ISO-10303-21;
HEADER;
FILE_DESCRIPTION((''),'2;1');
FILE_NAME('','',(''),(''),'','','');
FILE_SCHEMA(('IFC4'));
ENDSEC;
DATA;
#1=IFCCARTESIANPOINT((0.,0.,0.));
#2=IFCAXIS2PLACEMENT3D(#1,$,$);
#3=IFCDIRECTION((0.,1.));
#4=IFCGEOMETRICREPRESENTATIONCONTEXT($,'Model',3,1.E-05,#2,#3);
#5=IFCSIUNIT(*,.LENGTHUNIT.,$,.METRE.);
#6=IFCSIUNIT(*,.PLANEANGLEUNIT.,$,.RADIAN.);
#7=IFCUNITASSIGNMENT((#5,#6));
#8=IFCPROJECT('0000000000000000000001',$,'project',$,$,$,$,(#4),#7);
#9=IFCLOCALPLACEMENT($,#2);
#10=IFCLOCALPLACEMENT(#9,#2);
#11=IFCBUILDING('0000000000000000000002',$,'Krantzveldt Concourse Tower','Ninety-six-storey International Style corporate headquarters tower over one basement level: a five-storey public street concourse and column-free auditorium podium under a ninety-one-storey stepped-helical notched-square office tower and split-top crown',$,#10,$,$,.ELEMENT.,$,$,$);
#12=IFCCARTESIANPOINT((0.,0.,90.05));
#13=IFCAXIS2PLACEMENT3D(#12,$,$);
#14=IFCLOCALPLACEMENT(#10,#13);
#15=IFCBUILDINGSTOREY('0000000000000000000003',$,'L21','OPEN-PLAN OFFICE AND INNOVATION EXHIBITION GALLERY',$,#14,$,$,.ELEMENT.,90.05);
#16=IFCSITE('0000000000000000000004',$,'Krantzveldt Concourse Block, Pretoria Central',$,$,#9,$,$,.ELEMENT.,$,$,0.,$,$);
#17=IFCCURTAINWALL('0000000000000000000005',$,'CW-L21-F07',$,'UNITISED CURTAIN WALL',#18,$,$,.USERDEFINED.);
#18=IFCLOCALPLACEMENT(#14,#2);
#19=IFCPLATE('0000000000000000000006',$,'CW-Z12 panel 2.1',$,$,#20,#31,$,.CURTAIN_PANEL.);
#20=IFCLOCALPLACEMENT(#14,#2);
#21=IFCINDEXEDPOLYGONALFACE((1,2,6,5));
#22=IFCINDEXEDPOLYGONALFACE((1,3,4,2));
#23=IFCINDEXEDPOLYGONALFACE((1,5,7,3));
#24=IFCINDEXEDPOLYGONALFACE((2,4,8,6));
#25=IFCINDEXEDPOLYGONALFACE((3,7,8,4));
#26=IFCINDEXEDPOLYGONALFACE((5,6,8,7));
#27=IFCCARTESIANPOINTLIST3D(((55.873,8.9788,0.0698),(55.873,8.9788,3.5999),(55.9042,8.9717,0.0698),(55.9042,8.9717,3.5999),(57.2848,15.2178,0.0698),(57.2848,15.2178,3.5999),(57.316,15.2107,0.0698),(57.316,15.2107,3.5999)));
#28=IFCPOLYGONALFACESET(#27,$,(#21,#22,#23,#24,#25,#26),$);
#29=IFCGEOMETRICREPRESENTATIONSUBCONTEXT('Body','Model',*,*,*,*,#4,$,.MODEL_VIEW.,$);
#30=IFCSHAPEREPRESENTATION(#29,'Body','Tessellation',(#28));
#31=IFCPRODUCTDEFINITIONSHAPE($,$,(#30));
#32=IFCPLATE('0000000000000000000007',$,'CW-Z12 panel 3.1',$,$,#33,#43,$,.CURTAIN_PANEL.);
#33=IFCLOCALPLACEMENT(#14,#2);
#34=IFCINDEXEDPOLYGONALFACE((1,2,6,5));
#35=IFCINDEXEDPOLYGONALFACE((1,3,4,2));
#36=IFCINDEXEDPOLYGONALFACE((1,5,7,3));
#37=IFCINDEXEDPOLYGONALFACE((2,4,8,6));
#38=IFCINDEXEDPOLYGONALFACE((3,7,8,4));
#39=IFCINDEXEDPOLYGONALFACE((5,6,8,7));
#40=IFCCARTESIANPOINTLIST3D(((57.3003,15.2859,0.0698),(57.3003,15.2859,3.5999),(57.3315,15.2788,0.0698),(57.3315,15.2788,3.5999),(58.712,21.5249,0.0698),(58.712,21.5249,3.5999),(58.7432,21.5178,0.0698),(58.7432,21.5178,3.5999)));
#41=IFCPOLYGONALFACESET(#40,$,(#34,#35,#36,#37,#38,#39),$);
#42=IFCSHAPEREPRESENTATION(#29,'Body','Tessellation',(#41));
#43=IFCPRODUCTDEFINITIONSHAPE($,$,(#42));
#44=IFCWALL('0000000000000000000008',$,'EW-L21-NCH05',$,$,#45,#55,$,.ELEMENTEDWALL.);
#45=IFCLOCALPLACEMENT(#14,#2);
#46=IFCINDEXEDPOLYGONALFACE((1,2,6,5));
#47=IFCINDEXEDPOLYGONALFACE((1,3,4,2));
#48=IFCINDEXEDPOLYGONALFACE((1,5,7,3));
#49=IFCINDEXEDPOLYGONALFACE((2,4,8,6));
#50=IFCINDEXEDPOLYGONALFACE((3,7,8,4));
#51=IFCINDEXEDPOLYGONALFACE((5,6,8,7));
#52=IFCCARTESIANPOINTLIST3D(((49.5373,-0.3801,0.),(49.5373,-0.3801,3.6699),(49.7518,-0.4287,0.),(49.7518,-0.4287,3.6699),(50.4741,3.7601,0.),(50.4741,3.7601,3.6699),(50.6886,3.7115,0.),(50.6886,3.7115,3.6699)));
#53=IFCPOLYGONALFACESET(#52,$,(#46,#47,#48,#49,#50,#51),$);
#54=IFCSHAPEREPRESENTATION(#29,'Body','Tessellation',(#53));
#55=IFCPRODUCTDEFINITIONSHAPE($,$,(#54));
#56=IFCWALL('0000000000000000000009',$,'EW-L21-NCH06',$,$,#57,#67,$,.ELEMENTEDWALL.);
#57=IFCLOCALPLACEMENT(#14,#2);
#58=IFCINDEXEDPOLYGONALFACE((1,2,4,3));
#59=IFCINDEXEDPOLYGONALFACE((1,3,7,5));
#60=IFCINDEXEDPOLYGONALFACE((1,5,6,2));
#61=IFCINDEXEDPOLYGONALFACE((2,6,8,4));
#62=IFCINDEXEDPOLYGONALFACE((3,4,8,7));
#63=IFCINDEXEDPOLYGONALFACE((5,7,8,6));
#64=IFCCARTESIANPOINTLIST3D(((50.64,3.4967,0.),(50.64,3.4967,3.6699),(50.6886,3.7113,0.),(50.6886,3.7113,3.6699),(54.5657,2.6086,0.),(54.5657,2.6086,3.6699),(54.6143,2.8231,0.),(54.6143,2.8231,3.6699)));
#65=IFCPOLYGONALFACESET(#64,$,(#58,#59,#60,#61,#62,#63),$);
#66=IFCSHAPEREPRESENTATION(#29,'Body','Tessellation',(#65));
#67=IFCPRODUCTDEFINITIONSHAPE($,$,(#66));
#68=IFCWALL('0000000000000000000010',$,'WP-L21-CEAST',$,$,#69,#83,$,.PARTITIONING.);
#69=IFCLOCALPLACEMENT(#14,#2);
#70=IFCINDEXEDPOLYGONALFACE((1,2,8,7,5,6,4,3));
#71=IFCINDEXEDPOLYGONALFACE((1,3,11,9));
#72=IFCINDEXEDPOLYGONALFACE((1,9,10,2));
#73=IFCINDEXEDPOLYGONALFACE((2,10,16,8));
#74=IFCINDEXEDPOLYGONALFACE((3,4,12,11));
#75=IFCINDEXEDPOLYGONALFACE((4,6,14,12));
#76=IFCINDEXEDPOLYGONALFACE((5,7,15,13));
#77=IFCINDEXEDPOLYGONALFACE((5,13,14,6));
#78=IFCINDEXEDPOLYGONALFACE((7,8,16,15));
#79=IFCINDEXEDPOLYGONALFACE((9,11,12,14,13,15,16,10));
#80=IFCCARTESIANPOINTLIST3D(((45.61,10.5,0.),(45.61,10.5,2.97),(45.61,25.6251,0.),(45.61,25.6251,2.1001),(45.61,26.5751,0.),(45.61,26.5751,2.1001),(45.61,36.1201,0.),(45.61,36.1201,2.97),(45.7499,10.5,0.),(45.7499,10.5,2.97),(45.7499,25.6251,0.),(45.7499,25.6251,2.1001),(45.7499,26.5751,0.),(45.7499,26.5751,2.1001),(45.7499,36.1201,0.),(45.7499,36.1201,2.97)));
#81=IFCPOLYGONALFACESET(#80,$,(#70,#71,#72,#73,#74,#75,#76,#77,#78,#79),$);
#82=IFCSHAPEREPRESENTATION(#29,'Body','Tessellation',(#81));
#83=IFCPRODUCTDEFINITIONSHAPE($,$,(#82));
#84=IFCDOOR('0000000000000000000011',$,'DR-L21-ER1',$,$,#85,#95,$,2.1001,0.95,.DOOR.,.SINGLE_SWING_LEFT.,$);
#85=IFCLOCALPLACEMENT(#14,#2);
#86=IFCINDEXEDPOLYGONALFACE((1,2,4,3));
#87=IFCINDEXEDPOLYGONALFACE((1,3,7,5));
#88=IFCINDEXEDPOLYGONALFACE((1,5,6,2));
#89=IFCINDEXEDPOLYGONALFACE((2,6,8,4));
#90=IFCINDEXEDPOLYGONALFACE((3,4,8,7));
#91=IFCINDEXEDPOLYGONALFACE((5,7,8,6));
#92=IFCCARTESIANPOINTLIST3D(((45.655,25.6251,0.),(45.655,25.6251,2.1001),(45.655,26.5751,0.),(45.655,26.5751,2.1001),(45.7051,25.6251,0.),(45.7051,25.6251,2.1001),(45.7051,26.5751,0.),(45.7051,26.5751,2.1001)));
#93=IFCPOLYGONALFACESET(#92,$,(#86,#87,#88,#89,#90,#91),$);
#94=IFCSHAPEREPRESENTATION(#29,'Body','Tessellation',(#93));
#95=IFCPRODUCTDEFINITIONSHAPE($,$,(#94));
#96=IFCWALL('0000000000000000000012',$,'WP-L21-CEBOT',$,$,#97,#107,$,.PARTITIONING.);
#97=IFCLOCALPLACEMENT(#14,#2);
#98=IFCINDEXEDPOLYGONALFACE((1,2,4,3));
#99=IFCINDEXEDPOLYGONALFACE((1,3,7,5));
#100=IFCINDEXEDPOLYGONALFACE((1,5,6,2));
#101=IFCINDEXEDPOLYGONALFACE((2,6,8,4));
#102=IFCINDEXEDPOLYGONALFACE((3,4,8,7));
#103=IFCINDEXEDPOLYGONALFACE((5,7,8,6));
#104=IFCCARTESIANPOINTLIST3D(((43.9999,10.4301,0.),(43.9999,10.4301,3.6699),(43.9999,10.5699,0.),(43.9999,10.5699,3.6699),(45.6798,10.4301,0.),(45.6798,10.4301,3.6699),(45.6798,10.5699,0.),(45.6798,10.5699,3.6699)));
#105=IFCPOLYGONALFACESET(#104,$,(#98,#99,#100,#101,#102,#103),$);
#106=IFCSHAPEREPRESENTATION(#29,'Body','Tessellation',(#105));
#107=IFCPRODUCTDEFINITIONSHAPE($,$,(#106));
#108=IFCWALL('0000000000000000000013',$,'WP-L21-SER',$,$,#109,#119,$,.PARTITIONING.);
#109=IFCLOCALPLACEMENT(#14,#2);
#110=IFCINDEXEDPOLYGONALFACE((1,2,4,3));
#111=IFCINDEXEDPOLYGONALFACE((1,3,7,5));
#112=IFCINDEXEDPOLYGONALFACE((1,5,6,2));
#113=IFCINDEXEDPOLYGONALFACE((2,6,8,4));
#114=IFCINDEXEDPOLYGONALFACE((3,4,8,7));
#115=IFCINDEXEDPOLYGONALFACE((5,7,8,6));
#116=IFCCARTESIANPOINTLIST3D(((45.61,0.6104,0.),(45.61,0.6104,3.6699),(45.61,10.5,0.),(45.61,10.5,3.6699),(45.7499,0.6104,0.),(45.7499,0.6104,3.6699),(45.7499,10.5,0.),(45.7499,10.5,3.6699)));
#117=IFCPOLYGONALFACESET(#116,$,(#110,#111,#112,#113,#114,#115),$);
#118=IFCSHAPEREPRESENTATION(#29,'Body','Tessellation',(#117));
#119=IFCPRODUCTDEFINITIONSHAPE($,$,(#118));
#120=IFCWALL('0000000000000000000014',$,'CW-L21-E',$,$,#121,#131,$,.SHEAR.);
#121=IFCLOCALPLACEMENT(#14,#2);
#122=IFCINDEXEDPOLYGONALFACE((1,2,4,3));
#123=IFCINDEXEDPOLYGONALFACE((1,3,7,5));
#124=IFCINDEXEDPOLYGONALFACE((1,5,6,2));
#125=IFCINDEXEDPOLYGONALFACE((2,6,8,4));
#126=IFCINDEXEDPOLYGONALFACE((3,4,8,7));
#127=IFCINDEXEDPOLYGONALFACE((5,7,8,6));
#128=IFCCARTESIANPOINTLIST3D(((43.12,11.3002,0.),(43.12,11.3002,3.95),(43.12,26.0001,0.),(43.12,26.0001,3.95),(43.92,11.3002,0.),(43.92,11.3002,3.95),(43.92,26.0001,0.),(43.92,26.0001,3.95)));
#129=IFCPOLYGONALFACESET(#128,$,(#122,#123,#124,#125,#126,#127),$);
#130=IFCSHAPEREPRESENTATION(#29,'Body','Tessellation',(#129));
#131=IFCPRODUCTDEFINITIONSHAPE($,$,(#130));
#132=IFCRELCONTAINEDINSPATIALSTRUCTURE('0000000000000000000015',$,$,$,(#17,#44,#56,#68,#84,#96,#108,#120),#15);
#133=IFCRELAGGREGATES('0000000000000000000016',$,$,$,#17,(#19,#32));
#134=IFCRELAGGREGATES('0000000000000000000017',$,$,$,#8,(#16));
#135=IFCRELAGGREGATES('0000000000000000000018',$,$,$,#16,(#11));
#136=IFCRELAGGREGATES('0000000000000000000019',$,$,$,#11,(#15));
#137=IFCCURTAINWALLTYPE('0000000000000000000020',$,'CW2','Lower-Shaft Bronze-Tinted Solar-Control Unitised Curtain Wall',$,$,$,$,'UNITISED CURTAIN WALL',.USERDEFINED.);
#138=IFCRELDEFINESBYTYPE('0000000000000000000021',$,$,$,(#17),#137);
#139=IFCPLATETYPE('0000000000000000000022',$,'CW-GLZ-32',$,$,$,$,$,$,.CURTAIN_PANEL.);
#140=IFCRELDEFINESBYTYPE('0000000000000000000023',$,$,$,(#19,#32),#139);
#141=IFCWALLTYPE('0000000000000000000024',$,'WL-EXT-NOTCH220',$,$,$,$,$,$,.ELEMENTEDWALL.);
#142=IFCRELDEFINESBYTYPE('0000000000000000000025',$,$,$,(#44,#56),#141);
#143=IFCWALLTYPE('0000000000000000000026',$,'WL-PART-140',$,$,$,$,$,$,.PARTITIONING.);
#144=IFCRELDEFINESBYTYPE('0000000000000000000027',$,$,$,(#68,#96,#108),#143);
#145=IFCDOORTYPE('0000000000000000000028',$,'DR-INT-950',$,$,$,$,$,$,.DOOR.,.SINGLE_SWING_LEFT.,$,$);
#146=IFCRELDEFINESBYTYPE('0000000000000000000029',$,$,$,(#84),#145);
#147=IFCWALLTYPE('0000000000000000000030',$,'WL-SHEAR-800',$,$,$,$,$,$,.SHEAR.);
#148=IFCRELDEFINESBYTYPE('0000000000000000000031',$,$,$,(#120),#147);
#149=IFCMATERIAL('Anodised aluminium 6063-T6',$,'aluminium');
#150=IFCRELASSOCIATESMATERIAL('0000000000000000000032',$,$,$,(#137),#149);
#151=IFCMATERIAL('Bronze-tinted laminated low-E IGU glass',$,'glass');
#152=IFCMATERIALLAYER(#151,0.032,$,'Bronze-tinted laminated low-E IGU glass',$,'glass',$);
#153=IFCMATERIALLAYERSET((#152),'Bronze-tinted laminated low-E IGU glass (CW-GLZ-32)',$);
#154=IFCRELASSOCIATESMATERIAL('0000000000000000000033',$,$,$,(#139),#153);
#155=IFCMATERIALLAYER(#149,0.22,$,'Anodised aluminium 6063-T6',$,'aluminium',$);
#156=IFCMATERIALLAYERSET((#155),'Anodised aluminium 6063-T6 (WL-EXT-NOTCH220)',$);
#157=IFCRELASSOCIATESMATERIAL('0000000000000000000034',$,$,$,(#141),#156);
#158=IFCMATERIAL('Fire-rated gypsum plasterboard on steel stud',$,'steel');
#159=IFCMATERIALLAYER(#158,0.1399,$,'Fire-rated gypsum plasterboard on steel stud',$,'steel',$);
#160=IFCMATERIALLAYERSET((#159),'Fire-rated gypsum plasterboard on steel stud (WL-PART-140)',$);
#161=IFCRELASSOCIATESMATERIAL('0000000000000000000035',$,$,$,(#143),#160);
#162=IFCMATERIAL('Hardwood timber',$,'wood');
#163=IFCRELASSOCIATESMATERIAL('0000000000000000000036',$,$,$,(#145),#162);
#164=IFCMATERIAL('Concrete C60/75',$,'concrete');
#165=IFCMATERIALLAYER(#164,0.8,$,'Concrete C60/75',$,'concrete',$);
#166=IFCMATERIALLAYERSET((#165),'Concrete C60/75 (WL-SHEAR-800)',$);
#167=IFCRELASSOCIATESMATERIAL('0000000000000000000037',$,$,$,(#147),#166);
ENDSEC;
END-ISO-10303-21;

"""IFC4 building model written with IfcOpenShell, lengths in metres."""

from ifc_helpers import new_model, si_unit, direction, frame, frame_2d, origin, origin_2d, place, context, subcontext, project, spatial, rectangle, extrude, source, transform, mapped, material, layer, layer_set, type_object, element, fill, aggregate, save


model = new_model("IFC4")

# Units and contexts
model_context = context("Model", 3, precision=1e-05, world=origin(), true_north=direction((0.0, 1.0)))
body_context = subcontext(model_context, "Body", "Model", "MODEL_VIEW")
ifc_project = project(units=[si_unit("LENGTHUNIT", "METRE"), si_unit("PLANEANGLEUNIT", "RADIAN")], contexts=[model_context])

# Site, building, storey
site_placement = place(None, origin())
site = spatial("IfcSite", under=ifc_project, at=site_placement, Name="Krantzveldt Concourse Block, Pretoria Central", CompositionType="ELEMENT", RefElevation=0.0)
building_placement = place(site_placement, origin())
building = spatial("IfcBuilding", under=site, at=building_placement, Name="Krantzveldt Concourse Tower", Description="Ninety-six-storey International Style corporate headquarters tower over one basement level: a five-storey public street concourse and column-free auditorium podium under a ninety-one-storey stepped-helical notched-square office tower and split-top crown", CompositionType="ELEMENT")
storey_placement = place(building_placement, frame((0.0, 0.0, 90.05)))
storey = spatial("IfcBuildingStorey", under=building, at=storey_placement, Name="L21", Description="OPEN-PLAN OFFICE AND INNOVATION EXHIBITION GALLERY", CompositionType="ELEMENT", Elevation=90.05)

# Shared definitions
ifc_material_1 = material(Name="Concrete C60/75", Category="concrete")

# Shared definitions
ifc_material_2 = material(Name="Anodised aluminium 6063-T6", Category="aluminium")
curtain_wall_type = type_object("IfcCurtainWallType", Name="CW2", Description="Lower-Shaft Bronze-Tinted Solar-Control Unitised Curtain Wall", ElementType="UNITISED CURTAIN WALL", PredefinedType="USERDEFINED", material=ifc_material_2)

# Curtain wall
curtain_wall_1_placement = place(storey_placement, origin())
curtain_wall_1 = element("IfcCurtainWall", 1, at=curtain_wall_1_placement, inside=storey, type_object=curtain_wall_type, Name="CW-L21-F07", ObjectType="UNITISED CURTAIN WALL", PredefinedType="USERDEFINED")

# Plates
ifc_material_3 = material(Name="Bronze-tinted laminated low-E IGU glass", Category="glass")
ifc_layer_1 = layer(ifc_material_3, 0.032, Name="Bronze-tinted laminated low-E IGU glass", Category="glass")
ifc_layer_set_1 = layer_set([ifc_layer_1], Name="Bronze-tinted laminated low-E IGU glass (CW-GLZ-32)")
plate_type = type_object("IfcPlateType", Name="CW-GLZ-32", PredefinedType="CURTAIN_PANEL", material=ifc_layer_set_1)
shared_shape_1 = source(origin(), body_context, "Body", "SweptSolid", [
    extrude(rectangle(XDim=6.3967, YDim=0.032, at=origin_2d()), origin(), (0.0, 0.0, 1.0), 3.53),
])
plate_1_placement = place(storey_placement, frame((56.5945, 12.0947, 0.0698), z_axis=(0.0, 0.0, 1.0), x_axis=(0.220697, 0.975342, 0.0)))
plate_1 = element("IfcPlate", 2, at=plate_1_placement, type_object=plate_type, Name="CW-Z12 panel 2.1", PredefinedType="CURTAIN_PANEL", context=body_context, shape_type="MappedRepresentation", body=[
    mapped(shared_shape_1, transform((0.0, 0.0, 0.0), x_axis=(1.0, 0.0, 0.0), y_axis=(0.0, 1.0, 0.0), z_axis=(0.0, 0.0, 1.0), scale=1.0)),
])
plate_2_placement = place(storey_placement, frame((58.0217, 18.4019, 0.0698), z_axis=(0.0, 0.0, 1.0), x_axis=(0.220697, 0.975342, 0.0)))
plate_2 = element("IfcPlate", 3, at=plate_2_placement, type_object=plate_type, Name="CW-Z12 panel 3.1", PredefinedType="CURTAIN_PANEL", context=body_context, shape_type="MappedRepresentation", body=[
    mapped(shared_shape_1, transform((0.0, 0.0, 0.0), x_axis=(1.0, 0.0, 0.0), y_axis=(0.0, 1.0, 0.0), z_axis=(0.0, 0.0, 1.0), scale=1.0)),
])
aggregate(curtain_wall_1, [plate_1, plate_2])

# Walls
ifc_layer_2 = layer(ifc_material_2, 0.22, Name="Anodised aluminium 6063-T6", Category="aluminium")
ifc_layer_set_2 = layer_set([ifc_layer_2], Name="Anodised aluminium 6063-T6 (WL-EXT-NOTCH220)")
wall_type_1 = type_object("IfcWallType", Name="WL-EXT-NOTCH220", PredefinedType="ELEMENTEDWALL", material=ifc_layer_set_2)
wall_1_placement = place(storey_placement, frame((49.6445, -0.4045, 0.0), z_axis=(0.0, 0.0, 1.0), x_axis=(0.220686, 0.975345, 0.0)))
element("IfcWall", 4, at=wall_1_placement, inside=storey, type_object=wall_type_1, Name="EW-L21-NCH05", PredefinedType="ELEMENTEDWALL", context=body_context, shape_type="SweptSolid", body=[
    extrude(rectangle(XDim=4.2449, YDim=0.22, at=frame_2d((2.1226, 0.0))), origin(), (0.0, 0.0, 1.0), 3.6699),
])
wall_2_placement = place(storey_placement, frame((50.6643, 3.604, 0.0), z_axis=(0.0, 0.0, 1.0), x_axis=(0.975349, -0.220667, 0.0)))
element("IfcWall", 5, at=wall_2_placement, inside=storey, type_object=wall_type_1, Name="EW-L21-NCH06", PredefinedType="ELEMENTEDWALL", context=body_context, shape_type="SweptSolid", body=[
    extrude(rectangle(XDim=4.0249, YDim=0.22, at=frame_2d((2.0125, 0.0))), origin(), (0.0, 0.0, 1.0), 3.6699),
])

# Wall, opening, door
ifc_material_4 = material(Name="Fire-rated gypsum plasterboard on steel stud", Category="steel")
ifc_layer_3 = layer(ifc_material_4, 0.1399, Name="Fire-rated gypsum plasterboard on steel stud", Category="steel")
ifc_layer_set_3 = layer_set([ifc_layer_3], Name="Fire-rated gypsum plasterboard on steel stud (WL-PART-140)")
wall_type_2 = type_object("IfcWallType", Name="WL-PART-140", PredefinedType="PARTITIONING", material=ifc_layer_set_3)
wall_3_placement = place(storey_placement, frame((45.6799, 10.5, 0.0), z_axis=(0.0, 0.0, 1.0), x_axis=(0.0, 1.0, 0.0)))
wall_3 = element("IfcWall", 6, at=wall_3_placement, inside=storey, type_object=wall_type_2, Name="WP-L21-CEAST", PredefinedType="PARTITIONING", context=body_context, shape_type="SweptSolid", body=[
    extrude(rectangle(XDim=25.6201, YDim=0.1399, at=frame_2d((12.8101, 0.0))), origin(), (0.0, 0.0, 1.0), 2.97),
])
opening_placement = place(wall_3_placement, frame((15.125, 0.0, 0.0)))
opening = element("IfcOpeningElement", 7, at=opening_placement, cuts=wall_3, PredefinedType="OPENING", context=body_context, shape_type="SweptSolid", body=[
    extrude(rectangle(XDim=0.95, YDim=2.1001, at=frame_2d((0.4751, 1.05))), frame((0.0, 0.0801, 0.0), z_axis=(0.0, -1.0, 0.0), x_axis=(1.0, 0.0, 0.0)), (0.0, 0.0, 1.0), 0.1599),
])
ifc_material_5 = material(Name="Hardwood timber", Category="wood")
door_type = type_object("IfcDoorType", Name="DR-INT-950", OperationType="SINGLE_SWING_LEFT", PredefinedType="DOOR", material=ifc_material_5)
door_placement = place(opening_placement, origin())
door = element("IfcDoor", 8, at=door_placement, inside=storey, type_object=door_type, Name="DR-L21-ER1", OperationType="SINGLE_SWING_LEFT", OverallHeight=2.1001, OverallWidth=0.95, PredefinedType="DOOR", context=body_context, shape_type="SweptSolid", body=[
    extrude(rectangle(XDim=0.95, YDim=2.1001, at=frame_2d((0.4751, 1.05))), frame((0.0, 0.0249, 0.0), z_axis=(0.0, -1.0, 0.0), x_axis=(1.0, 0.0, 0.0)), (0.0, 0.0, 1.0), 0.05),
])
fill(opening, door)

# Walls
wall_4_placement = place(storey_placement, frame((44.0, 10.5, 0.0), z_axis=(0.0, 0.0, 1.0), x_axis=(1.0, 0.0, 0.0)))
element("IfcWall", 9, at=wall_4_placement, inside=storey, type_object=wall_type_2, Name="WP-L21-CEBOT", PredefinedType="PARTITIONING", context=body_context, shape_type="SweptSolid", body=[
    extrude(rectangle(XDim=1.6799, YDim=0.1399, at=frame_2d((0.8398, 0.0))), origin(), (0.0, 0.0, 1.0), 3.6699),
])
wall_5_placement = place(storey_placement, frame((45.6799, 0.6104, 0.0), z_axis=(0.0, 0.0, 1.0), x_axis=(0.0, 1.0, 0.0)))
element("IfcWall", 10, at=wall_5_placement, inside=storey, type_object=wall_type_2, Name="WP-L21-SER", PredefinedType="PARTITIONING", context=body_context, shape_type="SweptSolid", body=[
    extrude(rectangle(XDim=9.8896, YDim=0.1399, at=frame_2d((4.9448, 0.0))), origin(), (0.0, 0.0, 1.0), 3.6699),
])
ifc_layer_4 = layer(ifc_material_1, 0.8, Name="Concrete C60/75", Category="concrete")
ifc_layer_set_4 = layer_set([ifc_layer_4], Name="Concrete C60/75 (WL-SHEAR-800)")
wall_type_3 = type_object("IfcWallType", Name="WL-SHEAR-800", PredefinedType="SHEAR", material=ifc_layer_set_4)
wall_6_placement = place(storey_placement, frame((43.52, 11.3, 0.0), z_axis=(0.0, 0.0, 1.0), x_axis=(0.0, 1.0, 0.0)))
element("IfcWall", 11, at=wall_6_placement, inside=storey, type_object=wall_type_3, Name="CW-L21-E", PredefinedType="SHEAR", context=body_context, shape_type="SweptSolid", body=[
    extrude(rectangle(XDim=14.7, YDim=0.8, at=frame_2d((7.3501, 0.0))), origin(), (0.0, 0.0, 1.0), 3.95),
])

save(model, "model.ifc")
